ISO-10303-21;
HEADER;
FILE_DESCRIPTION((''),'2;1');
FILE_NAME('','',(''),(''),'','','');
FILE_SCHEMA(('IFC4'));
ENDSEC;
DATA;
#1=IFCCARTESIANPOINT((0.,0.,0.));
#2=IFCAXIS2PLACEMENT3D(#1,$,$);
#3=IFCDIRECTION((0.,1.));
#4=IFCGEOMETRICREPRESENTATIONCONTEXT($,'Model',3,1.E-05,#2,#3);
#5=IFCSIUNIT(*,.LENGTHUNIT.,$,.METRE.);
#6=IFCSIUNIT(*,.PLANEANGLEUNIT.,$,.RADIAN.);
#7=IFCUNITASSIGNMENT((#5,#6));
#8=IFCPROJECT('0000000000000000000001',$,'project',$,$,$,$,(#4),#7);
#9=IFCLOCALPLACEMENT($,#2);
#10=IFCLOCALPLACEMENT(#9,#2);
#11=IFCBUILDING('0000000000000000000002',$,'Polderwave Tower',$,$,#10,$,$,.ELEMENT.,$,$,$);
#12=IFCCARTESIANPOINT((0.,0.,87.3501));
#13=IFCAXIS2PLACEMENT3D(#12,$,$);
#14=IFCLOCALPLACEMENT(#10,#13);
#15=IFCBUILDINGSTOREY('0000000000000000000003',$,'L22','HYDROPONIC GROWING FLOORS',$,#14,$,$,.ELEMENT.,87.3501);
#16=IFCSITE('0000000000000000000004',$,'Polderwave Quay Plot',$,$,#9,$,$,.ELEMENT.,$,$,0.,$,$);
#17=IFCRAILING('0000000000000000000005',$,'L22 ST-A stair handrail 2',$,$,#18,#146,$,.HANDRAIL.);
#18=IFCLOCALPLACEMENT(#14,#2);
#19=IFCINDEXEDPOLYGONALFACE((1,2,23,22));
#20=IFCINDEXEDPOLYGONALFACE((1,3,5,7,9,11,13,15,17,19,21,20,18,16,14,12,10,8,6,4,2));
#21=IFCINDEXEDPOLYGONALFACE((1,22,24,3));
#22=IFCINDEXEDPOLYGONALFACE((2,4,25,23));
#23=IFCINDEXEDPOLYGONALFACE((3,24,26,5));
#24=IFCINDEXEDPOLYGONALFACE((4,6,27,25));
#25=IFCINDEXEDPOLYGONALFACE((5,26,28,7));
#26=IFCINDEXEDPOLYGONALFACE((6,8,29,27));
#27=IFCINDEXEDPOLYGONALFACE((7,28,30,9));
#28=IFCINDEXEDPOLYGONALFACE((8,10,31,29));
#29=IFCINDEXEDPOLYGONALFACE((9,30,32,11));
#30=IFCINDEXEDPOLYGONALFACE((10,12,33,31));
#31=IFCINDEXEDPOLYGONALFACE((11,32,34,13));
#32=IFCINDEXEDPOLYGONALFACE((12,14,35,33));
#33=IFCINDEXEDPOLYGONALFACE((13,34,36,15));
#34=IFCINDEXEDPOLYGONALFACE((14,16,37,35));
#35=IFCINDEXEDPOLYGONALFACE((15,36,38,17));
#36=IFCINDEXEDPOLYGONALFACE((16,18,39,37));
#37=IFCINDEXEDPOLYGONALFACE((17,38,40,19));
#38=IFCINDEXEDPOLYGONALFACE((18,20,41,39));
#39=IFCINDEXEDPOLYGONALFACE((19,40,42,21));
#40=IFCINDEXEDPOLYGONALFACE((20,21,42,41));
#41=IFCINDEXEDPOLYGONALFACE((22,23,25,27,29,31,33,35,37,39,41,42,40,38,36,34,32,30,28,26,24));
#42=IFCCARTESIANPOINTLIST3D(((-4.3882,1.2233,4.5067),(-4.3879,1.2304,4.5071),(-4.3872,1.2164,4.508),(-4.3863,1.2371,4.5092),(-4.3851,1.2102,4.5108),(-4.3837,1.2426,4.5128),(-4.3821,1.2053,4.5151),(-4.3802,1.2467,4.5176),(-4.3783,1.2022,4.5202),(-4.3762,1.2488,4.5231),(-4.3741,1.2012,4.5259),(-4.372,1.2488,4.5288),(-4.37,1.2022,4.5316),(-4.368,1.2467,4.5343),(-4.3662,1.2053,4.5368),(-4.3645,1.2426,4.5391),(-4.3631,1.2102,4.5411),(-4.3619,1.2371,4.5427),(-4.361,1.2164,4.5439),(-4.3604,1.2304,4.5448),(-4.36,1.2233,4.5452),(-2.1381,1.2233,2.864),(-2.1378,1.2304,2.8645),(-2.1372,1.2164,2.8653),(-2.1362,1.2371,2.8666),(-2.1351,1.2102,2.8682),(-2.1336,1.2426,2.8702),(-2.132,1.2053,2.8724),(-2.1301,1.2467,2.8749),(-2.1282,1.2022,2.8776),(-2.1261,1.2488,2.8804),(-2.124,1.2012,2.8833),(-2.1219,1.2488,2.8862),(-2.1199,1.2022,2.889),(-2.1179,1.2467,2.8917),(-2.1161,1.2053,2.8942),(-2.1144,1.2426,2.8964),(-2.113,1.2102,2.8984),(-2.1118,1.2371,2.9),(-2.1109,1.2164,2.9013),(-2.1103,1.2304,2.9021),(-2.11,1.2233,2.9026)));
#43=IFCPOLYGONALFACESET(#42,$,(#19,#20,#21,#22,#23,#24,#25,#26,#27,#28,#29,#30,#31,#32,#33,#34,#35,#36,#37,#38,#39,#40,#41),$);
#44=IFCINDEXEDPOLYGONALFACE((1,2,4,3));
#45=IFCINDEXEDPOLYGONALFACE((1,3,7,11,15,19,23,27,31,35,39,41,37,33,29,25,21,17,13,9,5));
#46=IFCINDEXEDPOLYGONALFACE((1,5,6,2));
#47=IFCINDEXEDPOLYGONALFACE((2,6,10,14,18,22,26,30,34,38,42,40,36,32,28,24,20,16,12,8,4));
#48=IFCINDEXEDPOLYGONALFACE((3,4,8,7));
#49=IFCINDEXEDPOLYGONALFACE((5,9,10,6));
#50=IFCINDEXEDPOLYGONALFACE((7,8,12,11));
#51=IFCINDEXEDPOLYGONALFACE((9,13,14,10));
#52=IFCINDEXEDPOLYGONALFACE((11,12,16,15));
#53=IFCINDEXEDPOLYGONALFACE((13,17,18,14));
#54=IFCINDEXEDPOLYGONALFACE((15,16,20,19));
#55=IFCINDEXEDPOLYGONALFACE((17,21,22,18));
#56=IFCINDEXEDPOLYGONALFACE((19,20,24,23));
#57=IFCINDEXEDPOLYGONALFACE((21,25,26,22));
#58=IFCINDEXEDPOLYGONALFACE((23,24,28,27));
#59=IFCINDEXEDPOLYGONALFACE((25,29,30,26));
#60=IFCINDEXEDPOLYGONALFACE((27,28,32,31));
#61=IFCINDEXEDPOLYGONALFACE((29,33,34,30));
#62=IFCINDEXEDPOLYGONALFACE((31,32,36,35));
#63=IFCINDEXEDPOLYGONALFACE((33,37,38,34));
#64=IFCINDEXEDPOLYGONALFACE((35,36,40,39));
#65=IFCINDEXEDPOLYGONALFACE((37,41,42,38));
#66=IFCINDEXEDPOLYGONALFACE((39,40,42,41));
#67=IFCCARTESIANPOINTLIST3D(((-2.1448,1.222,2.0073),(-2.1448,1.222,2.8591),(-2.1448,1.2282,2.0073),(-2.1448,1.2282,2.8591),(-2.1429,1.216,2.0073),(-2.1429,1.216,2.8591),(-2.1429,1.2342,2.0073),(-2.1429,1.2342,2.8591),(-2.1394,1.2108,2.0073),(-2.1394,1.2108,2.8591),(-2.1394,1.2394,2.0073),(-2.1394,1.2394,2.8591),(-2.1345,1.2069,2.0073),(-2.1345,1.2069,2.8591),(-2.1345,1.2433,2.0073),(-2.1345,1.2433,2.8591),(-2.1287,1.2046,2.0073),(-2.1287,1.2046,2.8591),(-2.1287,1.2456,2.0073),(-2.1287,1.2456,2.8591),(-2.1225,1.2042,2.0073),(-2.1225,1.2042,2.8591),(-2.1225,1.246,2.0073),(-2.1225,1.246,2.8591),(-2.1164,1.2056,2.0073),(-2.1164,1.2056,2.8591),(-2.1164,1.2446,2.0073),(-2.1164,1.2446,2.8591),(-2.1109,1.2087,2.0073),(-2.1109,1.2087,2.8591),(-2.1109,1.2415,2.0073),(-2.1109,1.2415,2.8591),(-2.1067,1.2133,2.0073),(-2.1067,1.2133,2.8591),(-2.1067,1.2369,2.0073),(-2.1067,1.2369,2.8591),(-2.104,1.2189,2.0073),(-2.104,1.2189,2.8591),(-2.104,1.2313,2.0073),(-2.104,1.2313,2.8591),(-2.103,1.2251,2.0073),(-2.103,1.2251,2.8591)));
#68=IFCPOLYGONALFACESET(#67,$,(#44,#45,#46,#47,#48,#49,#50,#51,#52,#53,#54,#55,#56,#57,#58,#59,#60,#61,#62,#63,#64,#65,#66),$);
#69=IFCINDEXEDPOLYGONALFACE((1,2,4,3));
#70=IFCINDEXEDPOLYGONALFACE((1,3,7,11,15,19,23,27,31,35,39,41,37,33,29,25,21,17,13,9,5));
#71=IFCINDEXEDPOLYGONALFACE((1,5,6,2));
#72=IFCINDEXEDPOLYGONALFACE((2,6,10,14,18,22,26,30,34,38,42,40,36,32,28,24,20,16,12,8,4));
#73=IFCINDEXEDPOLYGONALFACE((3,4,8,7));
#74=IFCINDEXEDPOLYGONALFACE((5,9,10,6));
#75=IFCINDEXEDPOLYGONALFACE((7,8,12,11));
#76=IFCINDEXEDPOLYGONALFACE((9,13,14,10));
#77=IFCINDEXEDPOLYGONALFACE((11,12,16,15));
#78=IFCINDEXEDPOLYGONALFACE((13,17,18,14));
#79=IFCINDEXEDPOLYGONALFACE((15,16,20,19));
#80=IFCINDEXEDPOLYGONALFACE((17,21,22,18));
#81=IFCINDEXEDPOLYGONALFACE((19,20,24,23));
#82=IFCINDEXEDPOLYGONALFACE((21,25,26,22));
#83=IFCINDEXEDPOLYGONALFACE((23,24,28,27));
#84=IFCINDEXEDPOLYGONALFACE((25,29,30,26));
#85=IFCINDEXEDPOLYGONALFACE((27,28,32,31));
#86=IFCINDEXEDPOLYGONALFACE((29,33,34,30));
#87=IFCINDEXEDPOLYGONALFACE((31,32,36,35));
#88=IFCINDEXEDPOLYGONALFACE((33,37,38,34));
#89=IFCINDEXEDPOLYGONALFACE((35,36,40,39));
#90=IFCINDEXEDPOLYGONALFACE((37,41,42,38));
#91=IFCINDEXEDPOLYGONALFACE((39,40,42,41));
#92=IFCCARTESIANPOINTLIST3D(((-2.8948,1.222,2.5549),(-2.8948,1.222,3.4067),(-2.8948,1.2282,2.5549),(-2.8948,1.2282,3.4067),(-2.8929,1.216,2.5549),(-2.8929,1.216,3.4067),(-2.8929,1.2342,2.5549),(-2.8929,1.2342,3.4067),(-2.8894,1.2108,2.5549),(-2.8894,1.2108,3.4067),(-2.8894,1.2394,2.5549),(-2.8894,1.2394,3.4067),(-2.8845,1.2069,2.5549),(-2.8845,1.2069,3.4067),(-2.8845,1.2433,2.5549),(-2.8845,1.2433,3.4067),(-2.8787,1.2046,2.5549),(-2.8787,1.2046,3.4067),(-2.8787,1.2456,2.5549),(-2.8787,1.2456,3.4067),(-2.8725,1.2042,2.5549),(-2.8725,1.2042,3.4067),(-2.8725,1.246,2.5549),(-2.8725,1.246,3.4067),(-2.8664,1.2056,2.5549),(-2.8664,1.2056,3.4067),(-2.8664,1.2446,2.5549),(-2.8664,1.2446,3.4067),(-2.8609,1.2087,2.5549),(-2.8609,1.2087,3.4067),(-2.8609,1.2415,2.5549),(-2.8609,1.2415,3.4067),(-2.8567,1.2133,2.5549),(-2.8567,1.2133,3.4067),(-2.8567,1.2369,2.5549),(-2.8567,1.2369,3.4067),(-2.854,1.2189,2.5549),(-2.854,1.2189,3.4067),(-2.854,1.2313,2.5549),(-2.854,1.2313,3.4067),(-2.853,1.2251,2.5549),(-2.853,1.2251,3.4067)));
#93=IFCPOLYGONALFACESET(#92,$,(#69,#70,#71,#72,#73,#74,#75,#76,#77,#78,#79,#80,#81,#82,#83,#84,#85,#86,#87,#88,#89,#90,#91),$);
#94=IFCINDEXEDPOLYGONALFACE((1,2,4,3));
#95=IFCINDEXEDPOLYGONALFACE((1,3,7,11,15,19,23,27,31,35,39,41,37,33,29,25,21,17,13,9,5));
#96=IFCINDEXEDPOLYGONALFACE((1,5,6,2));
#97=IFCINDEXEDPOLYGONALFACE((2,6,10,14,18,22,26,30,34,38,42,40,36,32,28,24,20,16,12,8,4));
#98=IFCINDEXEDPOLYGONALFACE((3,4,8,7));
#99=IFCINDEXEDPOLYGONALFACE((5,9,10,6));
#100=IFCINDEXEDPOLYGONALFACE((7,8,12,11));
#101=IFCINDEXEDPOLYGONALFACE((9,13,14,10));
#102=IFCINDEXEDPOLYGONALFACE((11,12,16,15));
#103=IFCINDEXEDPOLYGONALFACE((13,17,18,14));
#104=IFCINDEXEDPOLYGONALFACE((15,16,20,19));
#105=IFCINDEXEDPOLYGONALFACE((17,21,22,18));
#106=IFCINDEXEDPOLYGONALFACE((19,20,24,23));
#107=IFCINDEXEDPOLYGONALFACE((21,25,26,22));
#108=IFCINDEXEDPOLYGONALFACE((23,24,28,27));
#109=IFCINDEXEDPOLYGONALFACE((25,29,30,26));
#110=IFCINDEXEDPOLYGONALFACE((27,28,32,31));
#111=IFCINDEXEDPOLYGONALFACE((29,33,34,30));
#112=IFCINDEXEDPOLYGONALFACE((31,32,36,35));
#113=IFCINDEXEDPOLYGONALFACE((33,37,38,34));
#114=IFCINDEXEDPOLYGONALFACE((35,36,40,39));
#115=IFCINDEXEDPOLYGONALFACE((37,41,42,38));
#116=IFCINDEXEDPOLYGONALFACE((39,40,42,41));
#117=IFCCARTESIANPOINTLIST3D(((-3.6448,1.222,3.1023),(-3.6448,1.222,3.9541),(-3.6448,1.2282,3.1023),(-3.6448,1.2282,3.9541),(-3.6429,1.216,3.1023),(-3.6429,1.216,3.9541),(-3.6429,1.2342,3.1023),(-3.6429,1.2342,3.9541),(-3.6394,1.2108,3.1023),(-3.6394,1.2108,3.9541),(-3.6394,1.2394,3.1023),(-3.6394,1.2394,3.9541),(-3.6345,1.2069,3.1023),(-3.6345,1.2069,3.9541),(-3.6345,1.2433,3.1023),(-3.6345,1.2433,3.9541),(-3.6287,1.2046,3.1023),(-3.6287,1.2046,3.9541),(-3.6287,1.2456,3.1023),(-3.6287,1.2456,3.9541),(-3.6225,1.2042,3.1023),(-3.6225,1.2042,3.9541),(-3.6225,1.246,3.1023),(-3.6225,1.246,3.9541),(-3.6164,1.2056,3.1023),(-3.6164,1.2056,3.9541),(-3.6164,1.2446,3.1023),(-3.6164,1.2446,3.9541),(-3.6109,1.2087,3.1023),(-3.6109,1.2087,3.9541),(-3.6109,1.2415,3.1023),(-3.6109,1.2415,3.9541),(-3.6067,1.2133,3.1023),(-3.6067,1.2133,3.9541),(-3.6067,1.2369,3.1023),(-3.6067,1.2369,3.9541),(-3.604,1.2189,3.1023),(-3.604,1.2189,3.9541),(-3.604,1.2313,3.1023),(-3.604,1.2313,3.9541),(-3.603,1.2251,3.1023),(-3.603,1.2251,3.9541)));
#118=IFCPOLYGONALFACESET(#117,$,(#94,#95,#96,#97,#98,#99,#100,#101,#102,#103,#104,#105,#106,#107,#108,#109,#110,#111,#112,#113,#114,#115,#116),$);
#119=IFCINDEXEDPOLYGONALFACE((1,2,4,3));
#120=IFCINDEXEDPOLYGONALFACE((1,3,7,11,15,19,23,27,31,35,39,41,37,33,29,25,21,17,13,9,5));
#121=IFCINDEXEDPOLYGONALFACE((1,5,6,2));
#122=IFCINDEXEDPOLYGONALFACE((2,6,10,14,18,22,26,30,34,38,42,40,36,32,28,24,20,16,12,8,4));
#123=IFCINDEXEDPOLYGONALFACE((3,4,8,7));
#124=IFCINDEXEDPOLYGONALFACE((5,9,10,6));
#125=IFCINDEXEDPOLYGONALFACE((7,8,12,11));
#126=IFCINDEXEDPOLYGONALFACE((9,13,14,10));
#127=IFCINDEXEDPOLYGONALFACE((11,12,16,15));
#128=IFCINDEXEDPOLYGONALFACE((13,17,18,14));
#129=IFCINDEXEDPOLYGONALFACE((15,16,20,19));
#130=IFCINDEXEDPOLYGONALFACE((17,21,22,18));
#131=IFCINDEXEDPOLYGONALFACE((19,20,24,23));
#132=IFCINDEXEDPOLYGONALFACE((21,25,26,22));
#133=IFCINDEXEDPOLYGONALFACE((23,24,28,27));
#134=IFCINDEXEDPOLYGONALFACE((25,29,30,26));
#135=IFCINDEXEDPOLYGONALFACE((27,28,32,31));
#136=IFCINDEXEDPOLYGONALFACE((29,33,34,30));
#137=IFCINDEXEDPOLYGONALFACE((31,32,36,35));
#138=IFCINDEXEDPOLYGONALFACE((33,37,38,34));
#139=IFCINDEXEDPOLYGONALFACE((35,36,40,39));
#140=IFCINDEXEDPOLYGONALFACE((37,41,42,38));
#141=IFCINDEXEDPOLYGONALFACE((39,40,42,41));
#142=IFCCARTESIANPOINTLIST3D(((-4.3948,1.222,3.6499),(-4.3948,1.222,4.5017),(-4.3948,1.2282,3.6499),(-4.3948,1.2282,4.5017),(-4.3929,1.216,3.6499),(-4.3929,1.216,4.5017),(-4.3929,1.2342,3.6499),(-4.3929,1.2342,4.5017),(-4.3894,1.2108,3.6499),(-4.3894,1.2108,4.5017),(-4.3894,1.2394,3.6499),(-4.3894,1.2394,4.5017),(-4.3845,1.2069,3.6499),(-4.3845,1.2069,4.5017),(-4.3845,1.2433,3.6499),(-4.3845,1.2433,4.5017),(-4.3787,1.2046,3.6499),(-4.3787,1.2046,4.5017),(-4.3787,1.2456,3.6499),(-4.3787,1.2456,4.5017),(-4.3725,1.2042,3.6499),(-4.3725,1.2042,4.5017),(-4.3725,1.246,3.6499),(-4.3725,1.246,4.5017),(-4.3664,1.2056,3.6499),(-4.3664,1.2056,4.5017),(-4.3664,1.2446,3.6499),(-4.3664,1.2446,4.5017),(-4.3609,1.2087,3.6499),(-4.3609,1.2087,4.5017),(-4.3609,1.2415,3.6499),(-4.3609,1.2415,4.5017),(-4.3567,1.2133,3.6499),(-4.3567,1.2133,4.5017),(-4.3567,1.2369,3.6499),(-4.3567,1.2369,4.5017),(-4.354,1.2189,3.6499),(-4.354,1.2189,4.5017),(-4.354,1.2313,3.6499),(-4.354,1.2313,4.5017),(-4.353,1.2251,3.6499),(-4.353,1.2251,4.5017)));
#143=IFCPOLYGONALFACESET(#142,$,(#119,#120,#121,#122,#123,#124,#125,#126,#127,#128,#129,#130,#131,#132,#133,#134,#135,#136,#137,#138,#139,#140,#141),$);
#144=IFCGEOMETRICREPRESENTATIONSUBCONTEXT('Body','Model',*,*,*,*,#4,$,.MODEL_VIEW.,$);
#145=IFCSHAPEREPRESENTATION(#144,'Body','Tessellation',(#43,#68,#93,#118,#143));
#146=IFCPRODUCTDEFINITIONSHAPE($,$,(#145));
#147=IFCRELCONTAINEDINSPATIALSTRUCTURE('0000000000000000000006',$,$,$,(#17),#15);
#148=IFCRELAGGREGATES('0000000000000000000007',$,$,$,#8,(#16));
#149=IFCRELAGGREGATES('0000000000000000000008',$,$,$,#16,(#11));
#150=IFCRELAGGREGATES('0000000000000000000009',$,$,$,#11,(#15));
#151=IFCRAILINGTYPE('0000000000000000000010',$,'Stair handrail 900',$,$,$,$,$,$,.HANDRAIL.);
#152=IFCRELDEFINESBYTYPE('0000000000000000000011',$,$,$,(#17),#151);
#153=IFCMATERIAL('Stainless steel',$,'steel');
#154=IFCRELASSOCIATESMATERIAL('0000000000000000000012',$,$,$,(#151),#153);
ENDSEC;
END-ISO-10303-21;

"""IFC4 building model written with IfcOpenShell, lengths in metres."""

from ifc_helpers import new_model, si_unit, direction, frame, origin, origin_2d, place, context, subcontext, project, spatial, circle, extrude, material, type_object, element, save


model = new_model("IFC4")

# Units and contexts
model_context = context("Model", 3, precision=1e-05, world=origin(), true_north=direction((0.0, 1.0)))
body_context = subcontext(model_context, "Body", "Model", "MODEL_VIEW")
ifc_project = project(units=[si_unit("LENGTHUNIT", "METRE"), si_unit("PLANEANGLEUNIT", "RADIAN")], contexts=[model_context])

# Site, building, storey
site_placement = place(None, origin())
site = spatial("IfcSite", under=ifc_project, at=site_placement, Name="Polderwave Quay Plot", CompositionType="ELEMENT", RefElevation=0.0)
building_placement = place(site_placement, origin())
building = spatial("IfcBuilding", under=site, at=building_placement, Name="Polderwave Tower", CompositionType="ELEMENT")
storey_placement = place(building_placement, frame((0.0, 0.0, 87.3501)))
storey = spatial("IfcBuildingStorey", under=building, at=storey_placement, Name="L22", Description="HYDROPONIC GROWING FLOORS", CompositionType="ELEMENT", Elevation=87.3501)

# Railing
ifc_material_1 = material(Name="Stainless steel", Category="steel")
railing_type_1 = type_object("IfcRailingType", Name="Stair handrail 900", PredefinedType="HANDRAIL", material=ifc_material_1)
railing_1_placement = place(storey_placement, frame((-2.124, 1.2251, 2.0073)))
element("IfcRailing", 1, at=railing_1_placement, inside=storey, type_object=railing_type_1, Name="L22 ST-A stair handrail 2", PredefinedType="HANDRAIL", context=body_context, shape_type="SweptSolid", body=[
    extrude(circle(Radius=0.0239, at=origin_2d()), frame((0.0, 0.0, 0.876), z_axis=(-0.807674, 0.0, 0.58963), x_axis=(0.0, -1.0, 0.0)), (0.0, 0.0, 1.0), 2.7859),
    extrude(circle(Radius=0.021, at=origin_2d()), origin(), (0.0, 0.0, 1.0), 0.8518),
    extrude(circle(Radius=0.021, at=origin_2d()), frame((-0.75, 0.0, 0.5476)), (0.0, 0.0, 1.0), 0.8518),
    extrude(circle(Radius=0.021, at=origin_2d()), frame((-1.5, 0.0, 1.095)), (0.0, 0.0, 1.0), 0.8518),
    extrude(circle(Radius=0.021, at=origin_2d()), frame((-2.25, 0.0, 1.6426)), (0.0, 0.0, 1.0), 0.8518),
])

save(model, "model.ifc")
